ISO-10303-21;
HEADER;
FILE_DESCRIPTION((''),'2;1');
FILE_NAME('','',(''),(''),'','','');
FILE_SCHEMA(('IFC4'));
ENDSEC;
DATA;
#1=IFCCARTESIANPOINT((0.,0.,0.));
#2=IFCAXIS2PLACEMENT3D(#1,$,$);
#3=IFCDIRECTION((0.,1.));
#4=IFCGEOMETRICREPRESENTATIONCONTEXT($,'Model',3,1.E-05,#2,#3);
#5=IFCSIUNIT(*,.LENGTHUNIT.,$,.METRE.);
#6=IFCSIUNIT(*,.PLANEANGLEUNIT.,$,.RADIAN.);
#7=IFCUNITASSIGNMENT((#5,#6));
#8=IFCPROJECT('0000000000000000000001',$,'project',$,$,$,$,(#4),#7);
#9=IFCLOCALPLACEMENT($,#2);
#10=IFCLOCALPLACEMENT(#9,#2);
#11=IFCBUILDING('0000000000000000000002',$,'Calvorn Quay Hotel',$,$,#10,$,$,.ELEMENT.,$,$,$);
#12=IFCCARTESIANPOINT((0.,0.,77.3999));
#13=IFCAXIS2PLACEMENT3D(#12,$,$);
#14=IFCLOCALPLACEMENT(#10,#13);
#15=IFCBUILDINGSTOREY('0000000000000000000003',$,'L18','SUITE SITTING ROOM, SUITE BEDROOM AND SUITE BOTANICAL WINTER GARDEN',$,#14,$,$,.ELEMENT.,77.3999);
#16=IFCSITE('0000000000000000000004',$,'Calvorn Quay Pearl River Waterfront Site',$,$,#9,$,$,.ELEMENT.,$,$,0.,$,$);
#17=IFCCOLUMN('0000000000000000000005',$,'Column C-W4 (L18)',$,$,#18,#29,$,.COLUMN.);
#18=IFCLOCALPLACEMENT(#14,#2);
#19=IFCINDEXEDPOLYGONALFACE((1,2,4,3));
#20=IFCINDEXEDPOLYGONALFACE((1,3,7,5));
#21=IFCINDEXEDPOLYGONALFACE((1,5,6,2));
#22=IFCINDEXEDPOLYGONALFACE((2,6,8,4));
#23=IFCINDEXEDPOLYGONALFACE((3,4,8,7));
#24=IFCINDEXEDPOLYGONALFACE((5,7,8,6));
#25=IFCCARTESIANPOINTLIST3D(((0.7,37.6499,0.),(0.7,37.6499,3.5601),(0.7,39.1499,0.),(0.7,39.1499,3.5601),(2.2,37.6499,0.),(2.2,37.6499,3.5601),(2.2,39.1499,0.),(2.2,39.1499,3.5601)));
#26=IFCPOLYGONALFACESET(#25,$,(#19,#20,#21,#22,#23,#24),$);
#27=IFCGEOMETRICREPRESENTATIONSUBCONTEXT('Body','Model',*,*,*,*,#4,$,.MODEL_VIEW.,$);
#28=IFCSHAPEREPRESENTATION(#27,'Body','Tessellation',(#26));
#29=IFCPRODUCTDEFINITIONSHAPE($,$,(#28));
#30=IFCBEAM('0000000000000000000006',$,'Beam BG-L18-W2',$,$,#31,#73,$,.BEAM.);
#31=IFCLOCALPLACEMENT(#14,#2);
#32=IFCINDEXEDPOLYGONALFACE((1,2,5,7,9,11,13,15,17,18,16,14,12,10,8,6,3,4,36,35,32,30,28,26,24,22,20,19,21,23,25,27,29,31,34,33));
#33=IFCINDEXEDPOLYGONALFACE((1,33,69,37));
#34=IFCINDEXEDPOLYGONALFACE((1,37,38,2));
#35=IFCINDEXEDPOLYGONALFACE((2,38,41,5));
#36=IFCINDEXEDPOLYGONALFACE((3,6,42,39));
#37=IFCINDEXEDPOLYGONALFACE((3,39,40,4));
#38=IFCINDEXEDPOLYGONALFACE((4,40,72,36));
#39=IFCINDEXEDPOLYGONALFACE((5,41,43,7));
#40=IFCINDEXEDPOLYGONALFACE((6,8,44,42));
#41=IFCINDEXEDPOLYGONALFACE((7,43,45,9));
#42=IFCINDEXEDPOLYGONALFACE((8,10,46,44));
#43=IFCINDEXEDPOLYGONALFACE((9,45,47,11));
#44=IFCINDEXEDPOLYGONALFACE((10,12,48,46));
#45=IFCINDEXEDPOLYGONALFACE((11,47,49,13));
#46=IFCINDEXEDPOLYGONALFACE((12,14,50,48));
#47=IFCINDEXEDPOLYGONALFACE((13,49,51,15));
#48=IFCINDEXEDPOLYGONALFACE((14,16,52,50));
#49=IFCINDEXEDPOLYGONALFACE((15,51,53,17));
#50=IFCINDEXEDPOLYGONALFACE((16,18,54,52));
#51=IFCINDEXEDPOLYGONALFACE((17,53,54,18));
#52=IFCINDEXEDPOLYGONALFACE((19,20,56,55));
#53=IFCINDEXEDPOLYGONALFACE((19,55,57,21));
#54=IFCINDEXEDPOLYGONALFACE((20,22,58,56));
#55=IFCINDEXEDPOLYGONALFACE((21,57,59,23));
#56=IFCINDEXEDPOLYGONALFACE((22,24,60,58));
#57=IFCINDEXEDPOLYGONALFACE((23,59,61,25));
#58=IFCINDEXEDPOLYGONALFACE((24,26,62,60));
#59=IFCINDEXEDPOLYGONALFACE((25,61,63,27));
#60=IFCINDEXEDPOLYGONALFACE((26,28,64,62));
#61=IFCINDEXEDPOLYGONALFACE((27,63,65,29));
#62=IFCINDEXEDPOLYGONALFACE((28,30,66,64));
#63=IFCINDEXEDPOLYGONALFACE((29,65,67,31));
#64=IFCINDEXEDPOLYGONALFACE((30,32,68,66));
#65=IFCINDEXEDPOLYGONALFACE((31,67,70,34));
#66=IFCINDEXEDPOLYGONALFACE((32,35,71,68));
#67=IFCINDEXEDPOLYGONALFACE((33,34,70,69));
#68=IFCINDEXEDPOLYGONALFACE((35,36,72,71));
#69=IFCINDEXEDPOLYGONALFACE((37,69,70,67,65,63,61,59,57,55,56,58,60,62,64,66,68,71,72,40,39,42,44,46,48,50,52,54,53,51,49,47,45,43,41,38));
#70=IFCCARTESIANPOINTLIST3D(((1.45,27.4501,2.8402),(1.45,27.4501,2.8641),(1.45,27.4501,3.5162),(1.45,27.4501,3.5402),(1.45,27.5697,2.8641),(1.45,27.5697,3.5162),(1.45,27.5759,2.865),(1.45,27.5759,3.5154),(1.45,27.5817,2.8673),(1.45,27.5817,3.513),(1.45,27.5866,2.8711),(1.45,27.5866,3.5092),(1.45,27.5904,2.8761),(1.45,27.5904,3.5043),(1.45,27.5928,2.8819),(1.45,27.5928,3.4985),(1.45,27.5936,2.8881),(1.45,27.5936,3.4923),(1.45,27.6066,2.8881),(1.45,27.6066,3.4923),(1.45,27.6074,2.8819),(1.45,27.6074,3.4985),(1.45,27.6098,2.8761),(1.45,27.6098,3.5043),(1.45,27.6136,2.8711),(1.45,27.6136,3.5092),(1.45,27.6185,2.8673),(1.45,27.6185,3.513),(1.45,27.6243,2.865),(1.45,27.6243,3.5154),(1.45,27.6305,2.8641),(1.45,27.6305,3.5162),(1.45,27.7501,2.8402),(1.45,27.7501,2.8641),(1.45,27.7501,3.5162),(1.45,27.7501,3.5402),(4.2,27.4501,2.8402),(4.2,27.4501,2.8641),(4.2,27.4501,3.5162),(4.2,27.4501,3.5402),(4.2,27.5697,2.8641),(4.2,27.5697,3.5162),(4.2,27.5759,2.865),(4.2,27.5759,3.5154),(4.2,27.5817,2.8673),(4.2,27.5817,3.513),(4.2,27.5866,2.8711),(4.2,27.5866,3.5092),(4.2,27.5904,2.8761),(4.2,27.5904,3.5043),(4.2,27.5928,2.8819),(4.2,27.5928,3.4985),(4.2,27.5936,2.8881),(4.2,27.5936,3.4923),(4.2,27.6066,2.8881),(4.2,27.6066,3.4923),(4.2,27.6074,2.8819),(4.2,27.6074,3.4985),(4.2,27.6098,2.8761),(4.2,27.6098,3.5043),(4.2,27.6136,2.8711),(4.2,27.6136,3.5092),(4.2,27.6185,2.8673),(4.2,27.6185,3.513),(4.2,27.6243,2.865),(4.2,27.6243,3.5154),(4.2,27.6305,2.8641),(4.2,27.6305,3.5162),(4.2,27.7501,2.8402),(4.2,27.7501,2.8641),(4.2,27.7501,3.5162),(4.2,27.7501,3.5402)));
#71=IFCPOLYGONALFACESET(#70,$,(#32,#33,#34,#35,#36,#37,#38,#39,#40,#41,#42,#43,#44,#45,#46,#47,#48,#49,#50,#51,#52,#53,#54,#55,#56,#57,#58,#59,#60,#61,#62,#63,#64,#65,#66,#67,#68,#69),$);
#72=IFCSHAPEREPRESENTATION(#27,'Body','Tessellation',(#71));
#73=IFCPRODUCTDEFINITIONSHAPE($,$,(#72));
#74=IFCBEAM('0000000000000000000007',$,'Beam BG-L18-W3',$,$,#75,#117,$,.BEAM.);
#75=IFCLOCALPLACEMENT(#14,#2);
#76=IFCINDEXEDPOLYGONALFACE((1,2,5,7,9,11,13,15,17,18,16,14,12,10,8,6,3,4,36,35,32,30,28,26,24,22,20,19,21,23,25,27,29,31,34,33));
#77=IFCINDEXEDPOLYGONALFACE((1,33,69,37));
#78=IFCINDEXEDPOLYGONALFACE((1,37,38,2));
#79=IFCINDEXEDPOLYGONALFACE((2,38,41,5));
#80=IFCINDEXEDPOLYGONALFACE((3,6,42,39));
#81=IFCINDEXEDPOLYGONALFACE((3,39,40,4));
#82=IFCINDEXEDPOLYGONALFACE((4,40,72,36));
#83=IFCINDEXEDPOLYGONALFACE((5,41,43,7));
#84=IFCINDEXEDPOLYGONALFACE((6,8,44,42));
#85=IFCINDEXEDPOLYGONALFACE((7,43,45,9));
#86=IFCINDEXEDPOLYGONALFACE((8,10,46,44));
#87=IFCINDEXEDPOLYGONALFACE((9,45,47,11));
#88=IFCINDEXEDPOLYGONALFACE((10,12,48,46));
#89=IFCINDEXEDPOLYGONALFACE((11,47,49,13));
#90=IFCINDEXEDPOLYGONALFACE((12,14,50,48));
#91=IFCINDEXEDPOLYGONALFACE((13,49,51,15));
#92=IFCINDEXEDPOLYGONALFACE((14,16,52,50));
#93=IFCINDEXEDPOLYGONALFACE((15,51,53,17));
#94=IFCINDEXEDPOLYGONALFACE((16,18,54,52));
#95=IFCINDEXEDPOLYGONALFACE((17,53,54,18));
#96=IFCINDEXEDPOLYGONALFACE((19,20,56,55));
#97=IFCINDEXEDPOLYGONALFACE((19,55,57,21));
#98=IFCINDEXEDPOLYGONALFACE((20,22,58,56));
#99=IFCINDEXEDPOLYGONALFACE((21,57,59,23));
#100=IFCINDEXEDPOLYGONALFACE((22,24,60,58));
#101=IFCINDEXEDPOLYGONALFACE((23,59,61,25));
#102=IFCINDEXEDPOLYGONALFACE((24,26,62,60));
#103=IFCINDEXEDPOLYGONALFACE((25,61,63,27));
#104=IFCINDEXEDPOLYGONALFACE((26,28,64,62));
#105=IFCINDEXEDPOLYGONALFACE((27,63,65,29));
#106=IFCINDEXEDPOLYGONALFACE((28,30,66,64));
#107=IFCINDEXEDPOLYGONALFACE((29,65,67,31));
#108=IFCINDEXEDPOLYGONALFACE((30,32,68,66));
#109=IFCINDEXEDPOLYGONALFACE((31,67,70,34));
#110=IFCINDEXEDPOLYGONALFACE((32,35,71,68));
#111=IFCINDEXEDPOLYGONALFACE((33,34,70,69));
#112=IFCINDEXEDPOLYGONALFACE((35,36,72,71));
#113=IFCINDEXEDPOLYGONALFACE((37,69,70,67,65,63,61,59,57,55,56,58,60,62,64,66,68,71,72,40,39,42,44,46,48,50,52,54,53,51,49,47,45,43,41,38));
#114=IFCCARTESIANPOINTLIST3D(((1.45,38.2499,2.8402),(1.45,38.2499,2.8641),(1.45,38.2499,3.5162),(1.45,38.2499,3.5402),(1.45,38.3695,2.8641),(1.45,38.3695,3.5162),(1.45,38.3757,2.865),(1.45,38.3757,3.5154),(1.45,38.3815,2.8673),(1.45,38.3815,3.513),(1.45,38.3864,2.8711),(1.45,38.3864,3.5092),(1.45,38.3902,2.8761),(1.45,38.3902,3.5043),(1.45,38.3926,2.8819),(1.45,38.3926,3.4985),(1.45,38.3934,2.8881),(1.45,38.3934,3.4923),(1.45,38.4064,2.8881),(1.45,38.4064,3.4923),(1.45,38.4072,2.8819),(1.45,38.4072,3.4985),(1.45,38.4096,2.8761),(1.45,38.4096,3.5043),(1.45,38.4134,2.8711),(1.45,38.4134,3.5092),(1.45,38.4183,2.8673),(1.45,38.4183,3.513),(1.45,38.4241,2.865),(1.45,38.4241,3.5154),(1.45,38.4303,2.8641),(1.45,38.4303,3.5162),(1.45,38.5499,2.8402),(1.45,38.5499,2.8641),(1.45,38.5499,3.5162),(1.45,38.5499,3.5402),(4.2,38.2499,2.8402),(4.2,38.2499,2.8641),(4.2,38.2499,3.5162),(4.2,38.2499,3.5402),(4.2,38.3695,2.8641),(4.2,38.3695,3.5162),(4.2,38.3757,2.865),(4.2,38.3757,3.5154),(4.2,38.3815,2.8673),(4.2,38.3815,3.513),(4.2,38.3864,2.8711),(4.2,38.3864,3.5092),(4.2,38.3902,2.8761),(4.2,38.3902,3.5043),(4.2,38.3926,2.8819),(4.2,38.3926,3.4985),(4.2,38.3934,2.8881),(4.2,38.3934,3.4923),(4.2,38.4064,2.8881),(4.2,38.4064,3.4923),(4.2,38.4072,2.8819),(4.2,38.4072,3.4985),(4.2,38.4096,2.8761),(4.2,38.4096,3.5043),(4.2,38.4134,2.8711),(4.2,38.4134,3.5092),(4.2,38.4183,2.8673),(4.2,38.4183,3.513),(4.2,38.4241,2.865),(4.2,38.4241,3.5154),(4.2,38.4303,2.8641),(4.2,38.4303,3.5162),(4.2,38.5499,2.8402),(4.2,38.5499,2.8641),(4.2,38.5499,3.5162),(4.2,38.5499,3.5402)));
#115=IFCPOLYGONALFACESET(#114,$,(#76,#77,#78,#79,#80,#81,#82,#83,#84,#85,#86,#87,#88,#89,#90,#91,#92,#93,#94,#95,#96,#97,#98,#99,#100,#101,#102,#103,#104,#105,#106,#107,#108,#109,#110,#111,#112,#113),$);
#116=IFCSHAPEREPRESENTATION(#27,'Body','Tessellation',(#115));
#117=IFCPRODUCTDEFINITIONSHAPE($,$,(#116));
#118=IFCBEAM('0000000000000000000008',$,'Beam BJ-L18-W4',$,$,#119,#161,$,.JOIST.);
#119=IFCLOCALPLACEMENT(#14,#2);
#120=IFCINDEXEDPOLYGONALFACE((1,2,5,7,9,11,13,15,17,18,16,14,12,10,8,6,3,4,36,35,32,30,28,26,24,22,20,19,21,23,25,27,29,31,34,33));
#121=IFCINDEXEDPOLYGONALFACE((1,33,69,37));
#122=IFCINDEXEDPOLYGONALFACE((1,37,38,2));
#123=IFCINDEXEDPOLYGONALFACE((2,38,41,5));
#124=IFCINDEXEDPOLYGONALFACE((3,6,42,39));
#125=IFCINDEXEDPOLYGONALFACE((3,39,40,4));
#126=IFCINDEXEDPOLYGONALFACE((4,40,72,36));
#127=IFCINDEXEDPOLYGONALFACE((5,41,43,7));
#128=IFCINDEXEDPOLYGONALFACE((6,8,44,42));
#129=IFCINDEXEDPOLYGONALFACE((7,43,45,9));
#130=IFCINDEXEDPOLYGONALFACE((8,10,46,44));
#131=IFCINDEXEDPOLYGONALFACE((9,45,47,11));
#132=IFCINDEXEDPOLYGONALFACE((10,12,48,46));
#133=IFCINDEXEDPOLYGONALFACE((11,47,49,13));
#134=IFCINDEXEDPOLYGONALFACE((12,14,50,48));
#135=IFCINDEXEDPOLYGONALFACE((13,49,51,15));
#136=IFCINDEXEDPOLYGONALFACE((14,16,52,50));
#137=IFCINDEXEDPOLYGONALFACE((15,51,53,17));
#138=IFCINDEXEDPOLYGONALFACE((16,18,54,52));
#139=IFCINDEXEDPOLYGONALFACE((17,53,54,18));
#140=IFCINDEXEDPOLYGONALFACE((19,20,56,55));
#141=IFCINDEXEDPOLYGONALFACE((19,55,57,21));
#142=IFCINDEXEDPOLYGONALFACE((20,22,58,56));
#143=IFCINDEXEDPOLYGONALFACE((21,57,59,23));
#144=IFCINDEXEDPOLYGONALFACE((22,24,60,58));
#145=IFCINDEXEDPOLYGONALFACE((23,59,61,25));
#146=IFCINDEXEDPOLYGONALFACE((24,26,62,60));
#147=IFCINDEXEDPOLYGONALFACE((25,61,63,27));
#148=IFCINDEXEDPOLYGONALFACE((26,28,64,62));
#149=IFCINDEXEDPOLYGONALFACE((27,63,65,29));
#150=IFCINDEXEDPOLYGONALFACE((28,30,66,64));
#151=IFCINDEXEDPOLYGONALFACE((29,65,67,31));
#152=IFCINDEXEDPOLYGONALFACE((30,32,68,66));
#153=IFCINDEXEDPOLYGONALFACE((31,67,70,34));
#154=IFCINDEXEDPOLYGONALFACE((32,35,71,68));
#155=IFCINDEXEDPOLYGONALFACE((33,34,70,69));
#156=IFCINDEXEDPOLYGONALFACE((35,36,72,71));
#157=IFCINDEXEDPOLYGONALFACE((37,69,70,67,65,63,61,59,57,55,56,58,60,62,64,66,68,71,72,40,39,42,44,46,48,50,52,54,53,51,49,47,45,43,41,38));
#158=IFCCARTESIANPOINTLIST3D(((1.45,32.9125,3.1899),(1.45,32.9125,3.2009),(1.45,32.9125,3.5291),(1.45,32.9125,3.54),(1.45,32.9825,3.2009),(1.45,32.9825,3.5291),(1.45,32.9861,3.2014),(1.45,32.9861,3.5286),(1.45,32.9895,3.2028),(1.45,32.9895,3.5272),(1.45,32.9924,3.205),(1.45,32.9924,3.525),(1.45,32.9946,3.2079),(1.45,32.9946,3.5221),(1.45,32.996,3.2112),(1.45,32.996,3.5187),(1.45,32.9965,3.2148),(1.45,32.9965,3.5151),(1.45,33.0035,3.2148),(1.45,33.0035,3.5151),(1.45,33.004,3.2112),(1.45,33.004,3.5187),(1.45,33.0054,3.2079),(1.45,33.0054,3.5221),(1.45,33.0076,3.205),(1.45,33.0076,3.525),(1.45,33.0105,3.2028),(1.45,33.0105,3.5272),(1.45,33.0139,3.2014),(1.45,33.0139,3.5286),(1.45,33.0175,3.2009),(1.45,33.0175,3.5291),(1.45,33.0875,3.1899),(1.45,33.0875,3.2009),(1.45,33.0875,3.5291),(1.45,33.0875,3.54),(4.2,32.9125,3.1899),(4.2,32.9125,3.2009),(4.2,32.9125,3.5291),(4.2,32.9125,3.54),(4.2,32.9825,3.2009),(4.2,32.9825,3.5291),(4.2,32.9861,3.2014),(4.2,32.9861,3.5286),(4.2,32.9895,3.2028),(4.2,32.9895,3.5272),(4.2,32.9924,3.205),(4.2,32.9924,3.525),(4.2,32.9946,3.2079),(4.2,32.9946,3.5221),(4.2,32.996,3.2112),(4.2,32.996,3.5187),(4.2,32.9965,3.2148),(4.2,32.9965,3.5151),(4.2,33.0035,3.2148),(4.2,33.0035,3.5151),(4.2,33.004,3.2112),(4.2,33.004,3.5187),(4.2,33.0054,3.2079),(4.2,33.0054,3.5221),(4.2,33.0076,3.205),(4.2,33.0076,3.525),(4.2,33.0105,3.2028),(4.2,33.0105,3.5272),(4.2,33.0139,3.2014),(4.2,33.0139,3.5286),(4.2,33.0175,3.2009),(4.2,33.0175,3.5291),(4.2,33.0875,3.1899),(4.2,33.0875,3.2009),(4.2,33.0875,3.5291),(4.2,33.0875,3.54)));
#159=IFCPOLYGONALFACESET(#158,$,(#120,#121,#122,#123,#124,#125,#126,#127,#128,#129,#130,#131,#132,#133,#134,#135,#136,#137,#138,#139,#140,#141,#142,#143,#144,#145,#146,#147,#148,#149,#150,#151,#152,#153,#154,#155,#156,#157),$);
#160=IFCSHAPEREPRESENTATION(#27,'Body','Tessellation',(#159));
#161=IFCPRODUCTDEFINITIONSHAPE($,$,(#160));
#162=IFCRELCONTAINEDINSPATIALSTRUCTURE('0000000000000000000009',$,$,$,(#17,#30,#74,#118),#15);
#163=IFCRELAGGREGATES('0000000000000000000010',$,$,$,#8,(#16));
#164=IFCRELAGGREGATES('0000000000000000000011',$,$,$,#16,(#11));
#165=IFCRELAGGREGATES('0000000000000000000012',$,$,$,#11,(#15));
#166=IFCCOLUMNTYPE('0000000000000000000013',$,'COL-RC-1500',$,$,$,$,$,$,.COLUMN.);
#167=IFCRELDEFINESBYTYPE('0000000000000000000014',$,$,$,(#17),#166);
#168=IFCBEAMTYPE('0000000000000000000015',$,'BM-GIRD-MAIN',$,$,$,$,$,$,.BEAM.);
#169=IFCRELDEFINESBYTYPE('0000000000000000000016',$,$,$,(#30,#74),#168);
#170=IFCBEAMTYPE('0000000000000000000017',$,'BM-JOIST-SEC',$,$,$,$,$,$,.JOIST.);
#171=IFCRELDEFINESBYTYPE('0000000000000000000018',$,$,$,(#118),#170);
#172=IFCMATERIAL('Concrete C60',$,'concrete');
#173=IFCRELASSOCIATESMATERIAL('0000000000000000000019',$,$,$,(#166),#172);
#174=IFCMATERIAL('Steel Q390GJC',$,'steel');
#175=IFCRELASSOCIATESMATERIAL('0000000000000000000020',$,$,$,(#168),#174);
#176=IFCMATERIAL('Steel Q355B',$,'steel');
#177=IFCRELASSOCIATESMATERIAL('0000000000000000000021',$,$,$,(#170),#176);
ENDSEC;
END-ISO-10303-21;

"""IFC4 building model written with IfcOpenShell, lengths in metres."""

from ifc_helpers import new_model, si_unit, direction, frame, origin, origin_2d, place, context, subcontext, project, spatial, rectangle, i_section, extrude, material, material_profile, profile_set, type_object, element, save


model = new_model("IFC4")

# Units and contexts
model_context = context("Model", 3, precision=1e-05, world=origin(), true_north=direction((0.0, 1.0)))
body_context = subcontext(model_context, "Body", "Model", "MODEL_VIEW")
ifc_project = project(units=[si_unit("LENGTHUNIT", "METRE"), si_unit("PLANEANGLEUNIT", "RADIAN")], contexts=[model_context])

# Site, building, storey
site_placement = place(None, origin())
site = spatial("IfcSite", under=ifc_project, at=site_placement, Name="Calvorn Quay Pearl River Waterfront Site", CompositionType="ELEMENT", RefElevation=0.0)
building_placement = place(site_placement, origin())
building = spatial("IfcBuilding", under=site, at=building_placement, Name="Calvorn Quay Hotel", CompositionType="ELEMENT")
storey_placement = place(building_placement, frame((0.0, 0.0, 77.3999)))
storey = spatial("IfcBuildingStorey", under=building, at=storey_placement, Name="L18", Description="SUITE SITTING ROOM, SUITE BEDROOM AND SUITE BOTANICAL WINTER GARDEN", CompositionType="ELEMENT", Elevation=77.3999)

# Column
ifc_material_1 = material(Name="Concrete C60", Category="concrete")
ifc_material_profile_1 = material_profile(ifc_material_1, rectangle(XDim=1.5, YDim=1.5, at=origin_2d()), Name="RC1500x1500")
ifc_profile_set_1 = profile_set([ifc_material_profile_1], Name="Concrete C60")
column_type = type_object("IfcColumnType", Name="COL-RC-1500", PredefinedType="COLUMN", material=ifc_profile_set_1)
column_placement = place(storey_placement, frame((1.45, 38.3999, 0.0), z_axis=(0.0, 0.0, 1.0), x_axis=(1.0, 0.0, 0.0)))
element("IfcColumn", 1, at=column_placement, inside=storey, type_object=column_type, Name="Column C-W4 (L18)", PredefinedType="COLUMN", context=body_context, shape_type="SweptSolid", body=[
    extrude(rectangle(XDim=1.5, YDim=1.5, at=origin_2d()), origin(), (0.0, 0.0, 1.0), 3.5601),
])

# Beams
ifc_material_2 = material(Name="Steel Q390GJC", Category="steel")
ifc_material_profile_2 = material_profile(ifc_material_2, i_section(OverallWidth=0.3, OverallDepth=0.7, WebThickness=0.0129, FlangeThickness=0.0239, FilletRadius=0.0239, at=origin_2d()), Name="HN700x300x13x24")
ifc_profile_set_2 = profile_set([ifc_material_profile_2], Name="Steel Q390GJC")
beam_type_1 = type_object("IfcBeamType", Name="BM-GIRD-MAIN", PredefinedType="BEAM", material=ifc_profile_set_2)
for number, where, z_axis, x_axis, name in (
    (2, (1.45, 27.6001, 3.1902), (1.0, 0.0, 0.0), (0.0, 1.0, 0.0), "Beam BG-L18-W2"),
    (3, (1.45, 38.3999, 3.1902), (1.0, 0.0, 0.0), (0.0, 1.0, 0.0), "Beam BG-L18-W3"),
):
    element("IfcBeam", number, at=place(storey_placement, frame(where, z_axis=z_axis, x_axis=x_axis)), inside=storey, type_object=beam_type_1, Name=name, PredefinedType="BEAM", context=body_context, shape_type="SweptSolid", body=[
        extrude(i_section(OverallWidth=0.3, OverallDepth=0.7, WebThickness=0.0129, FlangeThickness=0.0239, FilletRadius=0.0239, at=origin_2d()), origin(), (0.0, 0.0, 1.0), 2.75),
    ])
ifc_material_3 = material(Name="Steel Q355B", Category="steel")
ifc_material_profile_3 = material_profile(ifc_material_3, i_section(OverallWidth=0.175, OverallDepth=0.3501, WebThickness=0.0071, FlangeThickness=0.011, FilletRadius=0.0139, at=origin_2d()), Name="HN350x175x7x11")
ifc_profile_set_3 = profile_set([ifc_material_profile_3], Name="Steel Q355B")
beam_type_2 = type_object("IfcBeamType", Name="BM-JOIST-SEC", PredefinedType="JOIST", material=ifc_profile_set_3)
beam_1_placement = place(storey_placement, frame((1.45, 33.0, 3.365), z_axis=(1.0, 0.0, 0.0), x_axis=(0.0, 1.0, 0.0)))
element("IfcBeam", 4, at=beam_1_placement, inside=storey, type_object=beam_type_2, Name="Beam BJ-L18-W4", PredefinedType="JOIST", context=body_context, shape_type="SweptSolid", body=[
    extrude(i_section(OverallWidth=0.175, OverallDepth=0.3501, WebThickness=0.0071, FlangeThickness=0.011, FilletRadius=0.0139, at=origin_2d()), origin(), (0.0, 0.0, 1.0), 2.75),
])

save(model, "model.ifc")
